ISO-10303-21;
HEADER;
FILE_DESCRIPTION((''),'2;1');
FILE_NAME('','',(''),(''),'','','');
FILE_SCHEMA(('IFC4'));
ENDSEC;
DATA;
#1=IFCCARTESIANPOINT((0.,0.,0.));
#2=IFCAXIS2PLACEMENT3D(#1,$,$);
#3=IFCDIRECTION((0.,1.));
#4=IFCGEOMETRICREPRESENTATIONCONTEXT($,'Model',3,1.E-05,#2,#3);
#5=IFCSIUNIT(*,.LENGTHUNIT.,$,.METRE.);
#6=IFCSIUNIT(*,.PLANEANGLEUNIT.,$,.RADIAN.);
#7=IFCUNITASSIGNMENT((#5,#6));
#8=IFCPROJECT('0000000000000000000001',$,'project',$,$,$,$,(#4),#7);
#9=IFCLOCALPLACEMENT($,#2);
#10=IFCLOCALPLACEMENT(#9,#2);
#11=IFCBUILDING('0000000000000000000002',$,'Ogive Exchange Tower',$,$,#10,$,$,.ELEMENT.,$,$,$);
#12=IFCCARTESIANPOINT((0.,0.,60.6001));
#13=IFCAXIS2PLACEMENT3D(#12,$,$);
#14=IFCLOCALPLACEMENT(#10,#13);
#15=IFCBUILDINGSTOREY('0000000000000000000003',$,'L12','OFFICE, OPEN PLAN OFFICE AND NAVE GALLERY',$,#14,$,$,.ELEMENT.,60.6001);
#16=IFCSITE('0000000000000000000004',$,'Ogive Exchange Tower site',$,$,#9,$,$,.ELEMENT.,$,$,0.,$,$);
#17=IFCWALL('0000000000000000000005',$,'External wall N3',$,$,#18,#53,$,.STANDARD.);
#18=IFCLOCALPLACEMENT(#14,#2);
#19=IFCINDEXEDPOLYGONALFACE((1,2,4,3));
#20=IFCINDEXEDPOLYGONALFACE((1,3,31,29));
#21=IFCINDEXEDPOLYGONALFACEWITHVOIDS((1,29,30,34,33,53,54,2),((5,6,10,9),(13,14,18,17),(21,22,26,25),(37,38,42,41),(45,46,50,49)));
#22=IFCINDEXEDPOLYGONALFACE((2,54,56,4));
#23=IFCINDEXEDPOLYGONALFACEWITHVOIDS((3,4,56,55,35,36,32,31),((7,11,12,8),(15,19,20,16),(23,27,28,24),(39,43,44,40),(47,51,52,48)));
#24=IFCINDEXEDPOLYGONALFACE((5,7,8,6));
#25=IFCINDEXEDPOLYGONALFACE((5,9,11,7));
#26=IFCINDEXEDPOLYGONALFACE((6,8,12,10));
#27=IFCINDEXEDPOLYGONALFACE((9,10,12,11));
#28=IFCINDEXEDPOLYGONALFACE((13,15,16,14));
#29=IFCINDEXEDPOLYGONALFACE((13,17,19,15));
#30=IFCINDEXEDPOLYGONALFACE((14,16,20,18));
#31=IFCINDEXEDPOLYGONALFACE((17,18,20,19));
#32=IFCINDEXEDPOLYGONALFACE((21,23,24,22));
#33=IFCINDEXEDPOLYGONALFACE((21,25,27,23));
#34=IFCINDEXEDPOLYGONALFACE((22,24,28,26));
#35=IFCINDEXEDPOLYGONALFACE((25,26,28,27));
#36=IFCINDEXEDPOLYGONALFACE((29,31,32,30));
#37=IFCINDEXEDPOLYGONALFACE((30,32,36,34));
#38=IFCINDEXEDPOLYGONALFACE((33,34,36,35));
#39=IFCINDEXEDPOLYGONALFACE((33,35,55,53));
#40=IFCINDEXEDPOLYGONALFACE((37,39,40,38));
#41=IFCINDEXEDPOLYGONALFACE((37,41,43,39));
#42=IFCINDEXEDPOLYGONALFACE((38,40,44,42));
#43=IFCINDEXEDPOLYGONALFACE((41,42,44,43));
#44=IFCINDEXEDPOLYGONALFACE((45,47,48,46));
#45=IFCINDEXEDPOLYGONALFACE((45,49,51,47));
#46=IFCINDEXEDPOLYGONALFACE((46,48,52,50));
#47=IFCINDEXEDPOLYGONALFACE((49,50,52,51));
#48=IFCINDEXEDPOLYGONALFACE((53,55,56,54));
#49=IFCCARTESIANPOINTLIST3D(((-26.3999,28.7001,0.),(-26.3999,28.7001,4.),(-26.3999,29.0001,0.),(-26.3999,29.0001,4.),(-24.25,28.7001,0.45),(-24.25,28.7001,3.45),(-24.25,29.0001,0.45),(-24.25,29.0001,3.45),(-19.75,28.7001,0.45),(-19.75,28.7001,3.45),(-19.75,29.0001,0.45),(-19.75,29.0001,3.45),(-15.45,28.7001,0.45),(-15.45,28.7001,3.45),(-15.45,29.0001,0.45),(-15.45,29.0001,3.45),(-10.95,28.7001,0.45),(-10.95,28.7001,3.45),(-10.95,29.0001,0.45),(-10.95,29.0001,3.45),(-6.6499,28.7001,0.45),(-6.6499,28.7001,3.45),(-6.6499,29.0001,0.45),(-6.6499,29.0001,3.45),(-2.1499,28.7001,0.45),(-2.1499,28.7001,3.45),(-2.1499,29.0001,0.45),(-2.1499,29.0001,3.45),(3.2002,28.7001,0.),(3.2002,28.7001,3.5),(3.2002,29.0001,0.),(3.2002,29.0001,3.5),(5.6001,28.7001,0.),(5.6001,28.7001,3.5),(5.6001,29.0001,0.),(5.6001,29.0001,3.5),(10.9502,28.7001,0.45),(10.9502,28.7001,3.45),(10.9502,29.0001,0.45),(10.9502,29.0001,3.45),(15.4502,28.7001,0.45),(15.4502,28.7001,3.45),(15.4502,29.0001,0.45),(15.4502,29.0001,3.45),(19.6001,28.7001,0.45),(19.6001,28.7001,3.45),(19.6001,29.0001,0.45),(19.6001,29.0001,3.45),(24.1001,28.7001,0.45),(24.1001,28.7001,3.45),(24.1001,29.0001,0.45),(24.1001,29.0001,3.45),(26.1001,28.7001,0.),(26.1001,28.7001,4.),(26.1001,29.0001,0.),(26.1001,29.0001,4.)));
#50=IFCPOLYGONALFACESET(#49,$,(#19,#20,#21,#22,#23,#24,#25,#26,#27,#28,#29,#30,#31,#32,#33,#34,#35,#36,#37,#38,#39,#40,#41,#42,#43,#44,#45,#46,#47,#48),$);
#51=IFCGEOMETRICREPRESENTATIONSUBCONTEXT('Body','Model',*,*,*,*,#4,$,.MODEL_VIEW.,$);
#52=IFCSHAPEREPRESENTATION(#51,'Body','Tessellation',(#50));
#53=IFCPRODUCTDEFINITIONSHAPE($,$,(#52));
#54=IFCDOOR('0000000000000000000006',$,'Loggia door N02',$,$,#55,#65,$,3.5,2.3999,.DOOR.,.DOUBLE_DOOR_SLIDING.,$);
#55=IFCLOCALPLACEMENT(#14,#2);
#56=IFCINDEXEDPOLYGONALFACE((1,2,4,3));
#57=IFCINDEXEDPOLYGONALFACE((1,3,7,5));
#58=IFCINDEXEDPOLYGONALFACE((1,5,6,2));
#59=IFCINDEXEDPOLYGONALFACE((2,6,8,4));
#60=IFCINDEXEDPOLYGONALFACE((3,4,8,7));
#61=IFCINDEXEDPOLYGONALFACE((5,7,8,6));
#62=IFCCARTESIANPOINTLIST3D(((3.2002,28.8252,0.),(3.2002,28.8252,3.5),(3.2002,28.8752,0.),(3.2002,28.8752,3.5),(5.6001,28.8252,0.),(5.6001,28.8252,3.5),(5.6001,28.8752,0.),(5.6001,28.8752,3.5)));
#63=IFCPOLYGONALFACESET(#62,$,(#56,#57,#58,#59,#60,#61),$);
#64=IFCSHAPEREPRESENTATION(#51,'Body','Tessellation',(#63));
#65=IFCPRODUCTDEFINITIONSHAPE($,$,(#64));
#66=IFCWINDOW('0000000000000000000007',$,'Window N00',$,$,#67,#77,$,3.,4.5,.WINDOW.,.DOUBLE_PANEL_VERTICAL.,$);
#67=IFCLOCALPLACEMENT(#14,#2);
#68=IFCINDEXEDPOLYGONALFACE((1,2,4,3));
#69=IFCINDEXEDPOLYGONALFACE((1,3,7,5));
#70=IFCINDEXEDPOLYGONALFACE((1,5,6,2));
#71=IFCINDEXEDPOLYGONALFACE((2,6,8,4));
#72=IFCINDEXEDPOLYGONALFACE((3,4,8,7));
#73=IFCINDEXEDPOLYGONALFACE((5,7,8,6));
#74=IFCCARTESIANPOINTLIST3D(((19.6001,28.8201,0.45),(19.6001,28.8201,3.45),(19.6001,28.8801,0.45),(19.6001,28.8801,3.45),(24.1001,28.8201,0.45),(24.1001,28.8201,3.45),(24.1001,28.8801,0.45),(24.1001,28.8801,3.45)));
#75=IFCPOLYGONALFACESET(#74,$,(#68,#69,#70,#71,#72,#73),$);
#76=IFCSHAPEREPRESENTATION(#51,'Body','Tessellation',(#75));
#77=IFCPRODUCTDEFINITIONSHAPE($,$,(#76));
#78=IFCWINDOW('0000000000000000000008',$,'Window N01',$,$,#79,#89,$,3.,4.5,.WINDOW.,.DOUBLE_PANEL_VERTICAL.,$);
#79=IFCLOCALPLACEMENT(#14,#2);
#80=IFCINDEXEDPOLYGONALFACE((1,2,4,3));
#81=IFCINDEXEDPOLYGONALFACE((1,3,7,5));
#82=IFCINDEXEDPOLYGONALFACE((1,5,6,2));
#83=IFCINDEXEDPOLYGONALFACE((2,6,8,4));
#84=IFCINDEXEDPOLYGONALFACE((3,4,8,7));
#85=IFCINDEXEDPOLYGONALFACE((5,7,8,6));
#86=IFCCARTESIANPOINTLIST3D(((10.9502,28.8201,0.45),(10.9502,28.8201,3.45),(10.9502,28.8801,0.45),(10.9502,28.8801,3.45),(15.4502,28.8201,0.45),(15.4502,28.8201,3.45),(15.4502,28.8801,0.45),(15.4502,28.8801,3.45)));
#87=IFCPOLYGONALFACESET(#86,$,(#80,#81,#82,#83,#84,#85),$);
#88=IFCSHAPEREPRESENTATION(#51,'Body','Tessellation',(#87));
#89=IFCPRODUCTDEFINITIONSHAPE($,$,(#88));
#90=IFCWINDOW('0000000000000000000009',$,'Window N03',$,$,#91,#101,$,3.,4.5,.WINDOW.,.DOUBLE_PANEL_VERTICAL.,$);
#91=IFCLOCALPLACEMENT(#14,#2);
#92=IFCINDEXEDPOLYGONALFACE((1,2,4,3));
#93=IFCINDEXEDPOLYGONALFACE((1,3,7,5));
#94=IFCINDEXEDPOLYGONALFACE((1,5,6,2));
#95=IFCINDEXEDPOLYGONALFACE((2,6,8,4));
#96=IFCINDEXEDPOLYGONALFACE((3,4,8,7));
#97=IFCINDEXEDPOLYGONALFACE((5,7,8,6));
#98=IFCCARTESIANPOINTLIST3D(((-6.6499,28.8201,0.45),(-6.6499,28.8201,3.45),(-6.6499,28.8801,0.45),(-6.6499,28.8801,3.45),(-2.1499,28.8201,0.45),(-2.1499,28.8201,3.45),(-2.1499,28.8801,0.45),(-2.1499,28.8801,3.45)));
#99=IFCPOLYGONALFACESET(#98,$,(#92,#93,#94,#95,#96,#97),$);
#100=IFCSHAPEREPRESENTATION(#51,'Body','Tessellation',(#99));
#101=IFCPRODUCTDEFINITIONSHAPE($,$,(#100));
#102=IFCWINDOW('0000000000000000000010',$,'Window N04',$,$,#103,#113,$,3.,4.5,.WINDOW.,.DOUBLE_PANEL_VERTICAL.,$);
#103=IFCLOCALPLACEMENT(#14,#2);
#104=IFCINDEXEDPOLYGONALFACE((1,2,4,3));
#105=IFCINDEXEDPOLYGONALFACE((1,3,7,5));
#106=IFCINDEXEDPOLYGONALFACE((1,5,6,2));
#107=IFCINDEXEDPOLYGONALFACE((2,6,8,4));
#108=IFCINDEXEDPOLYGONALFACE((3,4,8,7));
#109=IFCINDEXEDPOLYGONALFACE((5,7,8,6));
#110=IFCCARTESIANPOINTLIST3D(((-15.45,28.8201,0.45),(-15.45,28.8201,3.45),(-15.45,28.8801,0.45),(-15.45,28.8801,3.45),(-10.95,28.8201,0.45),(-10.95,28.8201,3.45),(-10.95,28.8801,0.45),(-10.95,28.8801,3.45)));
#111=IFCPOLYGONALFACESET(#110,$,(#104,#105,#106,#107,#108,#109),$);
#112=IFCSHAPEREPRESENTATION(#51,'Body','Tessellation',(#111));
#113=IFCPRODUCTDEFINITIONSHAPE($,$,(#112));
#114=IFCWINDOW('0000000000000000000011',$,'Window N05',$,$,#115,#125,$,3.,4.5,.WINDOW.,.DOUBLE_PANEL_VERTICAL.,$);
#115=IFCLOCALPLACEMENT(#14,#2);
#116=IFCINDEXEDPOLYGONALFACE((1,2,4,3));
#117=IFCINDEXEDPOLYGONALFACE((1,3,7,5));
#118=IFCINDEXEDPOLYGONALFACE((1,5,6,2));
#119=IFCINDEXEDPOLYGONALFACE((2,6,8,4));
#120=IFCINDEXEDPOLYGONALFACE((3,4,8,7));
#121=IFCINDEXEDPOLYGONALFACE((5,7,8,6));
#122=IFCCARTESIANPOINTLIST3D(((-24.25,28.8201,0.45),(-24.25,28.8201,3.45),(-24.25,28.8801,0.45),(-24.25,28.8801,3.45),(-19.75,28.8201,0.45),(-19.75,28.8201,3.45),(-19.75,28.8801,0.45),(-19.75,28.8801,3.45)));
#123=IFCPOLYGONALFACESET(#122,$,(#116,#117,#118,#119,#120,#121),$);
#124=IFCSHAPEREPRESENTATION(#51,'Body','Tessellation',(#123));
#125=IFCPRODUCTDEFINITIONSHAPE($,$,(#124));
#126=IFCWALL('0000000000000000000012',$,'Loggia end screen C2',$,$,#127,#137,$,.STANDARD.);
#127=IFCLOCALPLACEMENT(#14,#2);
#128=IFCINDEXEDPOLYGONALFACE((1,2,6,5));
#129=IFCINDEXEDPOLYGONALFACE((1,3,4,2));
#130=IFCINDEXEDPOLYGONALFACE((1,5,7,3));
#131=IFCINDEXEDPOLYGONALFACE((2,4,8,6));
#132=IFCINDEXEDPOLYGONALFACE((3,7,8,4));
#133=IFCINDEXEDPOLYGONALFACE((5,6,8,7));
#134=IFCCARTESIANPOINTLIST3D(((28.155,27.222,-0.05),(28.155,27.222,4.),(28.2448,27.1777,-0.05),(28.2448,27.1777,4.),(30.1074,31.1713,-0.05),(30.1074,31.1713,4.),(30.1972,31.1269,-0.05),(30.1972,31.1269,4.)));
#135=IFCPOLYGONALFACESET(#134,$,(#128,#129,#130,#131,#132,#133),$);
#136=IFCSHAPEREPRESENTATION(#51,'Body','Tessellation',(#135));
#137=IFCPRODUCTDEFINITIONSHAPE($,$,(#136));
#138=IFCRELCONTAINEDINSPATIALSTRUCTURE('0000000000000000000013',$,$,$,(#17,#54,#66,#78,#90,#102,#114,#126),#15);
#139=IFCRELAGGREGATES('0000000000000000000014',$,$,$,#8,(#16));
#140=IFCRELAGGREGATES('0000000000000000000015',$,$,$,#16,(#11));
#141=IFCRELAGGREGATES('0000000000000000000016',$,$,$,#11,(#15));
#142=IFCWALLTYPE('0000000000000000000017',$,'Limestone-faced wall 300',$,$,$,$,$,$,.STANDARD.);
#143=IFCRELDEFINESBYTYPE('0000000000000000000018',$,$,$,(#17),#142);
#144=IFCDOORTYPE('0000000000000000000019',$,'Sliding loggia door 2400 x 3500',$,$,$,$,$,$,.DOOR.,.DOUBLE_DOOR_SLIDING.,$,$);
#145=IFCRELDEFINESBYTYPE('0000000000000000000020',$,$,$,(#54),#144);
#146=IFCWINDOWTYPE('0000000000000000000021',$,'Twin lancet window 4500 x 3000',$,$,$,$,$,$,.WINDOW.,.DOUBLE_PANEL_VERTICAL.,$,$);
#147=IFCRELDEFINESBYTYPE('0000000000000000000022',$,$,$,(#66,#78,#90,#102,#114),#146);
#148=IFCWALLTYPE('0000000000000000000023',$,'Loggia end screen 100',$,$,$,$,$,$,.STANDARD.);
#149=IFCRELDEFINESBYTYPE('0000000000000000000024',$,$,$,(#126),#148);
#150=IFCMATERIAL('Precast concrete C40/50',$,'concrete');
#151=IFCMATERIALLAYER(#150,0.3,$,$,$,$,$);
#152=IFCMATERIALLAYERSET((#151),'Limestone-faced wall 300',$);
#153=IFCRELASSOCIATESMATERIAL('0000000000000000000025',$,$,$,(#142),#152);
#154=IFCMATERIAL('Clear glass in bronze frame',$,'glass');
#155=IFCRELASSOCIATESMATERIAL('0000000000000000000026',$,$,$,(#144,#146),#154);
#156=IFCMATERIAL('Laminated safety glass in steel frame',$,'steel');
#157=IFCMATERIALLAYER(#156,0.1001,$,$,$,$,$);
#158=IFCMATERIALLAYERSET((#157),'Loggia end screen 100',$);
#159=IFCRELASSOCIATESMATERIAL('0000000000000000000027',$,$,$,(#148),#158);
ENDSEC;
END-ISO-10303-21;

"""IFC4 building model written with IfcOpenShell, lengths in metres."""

from ifc_helpers import new_model, si_unit, direction, frame, frame_2d, origin, place, context, subcontext, project, spatial, rectangle, extrude, material, layer, layer_set, type_object, element, fill, save


model = new_model("IFC4")

# Units and contexts
model_context = context("Model", 3, precision=1e-05, world=origin(), true_north=direction((0.0, 1.0)))
body_context = subcontext(model_context, "Body", "Model", "MODEL_VIEW")
ifc_project = project(units=[si_unit("LENGTHUNIT", "METRE"), si_unit("PLANEANGLEUNIT", "RADIAN")], contexts=[model_context])

# Site, building, storey
site_placement = place(None, origin())
site = spatial("IfcSite", under=ifc_project, at=site_placement, Name="Ogive Exchange Tower site", CompositionType="ELEMENT", RefElevation=0.0)
building_placement = place(site_placement, origin())
building = spatial("IfcBuilding", under=site, at=building_placement, Name="Ogive Exchange Tower", CompositionType="ELEMENT")
storey_placement = place(building_placement, frame((0.0, 0.0, 60.6001)))
storey = spatial("IfcBuildingStorey", under=building, at=storey_placement, Name="L12", Description="OFFICE, OPEN PLAN OFFICE AND NAVE GALLERY", CompositionType="ELEMENT", Elevation=60.6001)

# Wall, openings, door, windows
ifc_material_1 = material(Name="Precast concrete C40/50", Category="concrete")
ifc_layer_1 = layer(ifc_material_1, 0.3)
ifc_layer_set_1 = layer_set([ifc_layer_1], Name="Limestone-faced wall 300")
wall_type_1 = type_object("IfcWallType", Name="Limestone-faced wall 300", PredefinedType="STANDARD", material=ifc_layer_set_1)
wall_1_placement = place(storey_placement, frame((26.1001, 28.8501, 0.0), z_axis=(0.0, 0.0, 1.0), x_axis=(-1.0, 0.0, 0.0)))
wall_1 = element("IfcWall", 1, at=wall_1_placement, inside=storey, type_object=wall_type_1, Name="External wall N3", PredefinedType="STANDARD", context=body_context, shape_type="SweptSolid", body=[
    extrude(rectangle(XDim=52.5, YDim=0.3, at=frame_2d((26.25, 0.0))), origin(), (0.0, 0.0, 1.0), 4.0),
])
opening_1_placement = place(wall_1_placement, frame((2.0, 0.0, 0.45)))
opening_1 = element("IfcOpeningElement", 2, at=opening_1_placement, cuts=wall_1, PredefinedType="OPENING", context=body_context, shape_type="SweptSolid", body=[
    extrude(rectangle(XDim=4.5, YDim=3.0, at=frame_2d((2.25, 1.5))), frame((0.0, 0.1599, 0.0), z_axis=(0.0, -1.0, 0.0), x_axis=(1.0, 0.0, 0.0)), (0.0, 0.0, 1.0), 0.3201),
])
opening_2_placement = place(wall_1_placement, frame((10.6499, 0.0, 0.45)))
opening_2 = element("IfcOpeningElement", 3, at=opening_2_placement, cuts=wall_1, PredefinedType="OPENING", context=body_context, shape_type="SweptSolid", body=[
    extrude(rectangle(XDim=4.5, YDim=3.0, at=frame_2d((2.25, 1.5))), frame((0.0, 0.1599, 0.0), z_axis=(0.0, -1.0, 0.0), x_axis=(1.0, 0.0, 0.0)), (0.0, 0.0, 1.0), 0.3201),
])
opening_3_placement = place(wall_1_placement, frame((20.5, 0.0, 0.0)))
opening_3 = element("IfcOpeningElement", 4, at=opening_3_placement, cuts=wall_1, PredefinedType="OPENING", context=body_context, shape_type="SweptSolid", body=[
    extrude(rectangle(XDim=2.3999, YDim=3.5, at=frame_2d((1.2, 1.75))), frame((0.0, 0.1599, 0.0), z_axis=(0.0, -1.0, 0.0), x_axis=(1.0, 0.0, 0.0)), (0.0, 0.0, 1.0), 0.3201),
])
opening_4_placement = place(wall_1_placement, frame((28.25, 0.0, 0.45)))
opening_4 = element("IfcOpeningElement", 5, at=opening_4_placement, cuts=wall_1, PredefinedType="OPENING", context=body_context, shape_type="SweptSolid", body=[
    extrude(rectangle(XDim=4.5, YDim=3.0, at=frame_2d((2.25, 1.5))), frame((0.0, 0.1599, 0.0), z_axis=(0.0, -1.0, 0.0), x_axis=(1.0, 0.0, 0.0)), (0.0, 0.0, 1.0), 0.3201),
])
opening_5_placement = place(wall_1_placement, frame((37.05, 0.0, 0.45)))
opening_5 = element("IfcOpeningElement", 6, at=opening_5_placement, cuts=wall_1, PredefinedType="OPENING", context=body_context, shape_type="SweptSolid", body=[
    extrude(rectangle(XDim=4.5, YDim=3.0, at=frame_2d((2.25, 1.5))), frame((0.0, 0.1599, 0.0), z_axis=(0.0, -1.0, 0.0), x_axis=(1.0, 0.0, 0.0)), (0.0, 0.0, 1.0), 0.3201),
])
opening_6_placement = place(wall_1_placement, frame((45.8501, 0.0, 0.45)))
opening_6 = element("IfcOpeningElement", 7, at=opening_6_placement, cuts=wall_1, PredefinedType="OPENING", context=body_context, shape_type="SweptSolid", body=[
    extrude(rectangle(XDim=4.5, YDim=3.0, at=frame_2d((2.25, 1.5))), frame((0.0, 0.1599, 0.0), z_axis=(0.0, -1.0, 0.0), x_axis=(1.0, 0.0, 0.0)), (0.0, 0.0, 1.0), 0.3201),
])
ifc_material_2 = material(Name="Clear glass in bronze frame", Category="glass")
door_type_1 = type_object("IfcDoorType", Name="Sliding loggia door 2400 x 3500", OperationType="DOUBLE_DOOR_SLIDING", PredefinedType="DOOR", material=ifc_material_2)
door_1_placement = place(opening_3_placement, origin())
door_1 = element("IfcDoor", 8, at=door_1_placement, inside=storey, type_object=door_type_1, Name="Loggia door N02", OperationType="DOUBLE_DOOR_SLIDING", OverallHeight=3.5, OverallWidth=2.3999, PredefinedType="DOOR", context=body_context, shape_type="SweptSolid", body=[
    extrude(rectangle(XDim=2.3999, YDim=3.5, at=frame_2d((1.2, 1.75))), frame((0.0, 0.0249, 0.0), z_axis=(0.0, -1.0, 0.0), x_axis=(1.0, 0.0, 0.0)), (0.0, 0.0, 1.0), 0.05),
])
fill(opening_3, door_1)
window_type = type_object("IfcWindowType", Name="Twin lancet window 4500 x 3000", PartitioningType="DOUBLE_PANEL_VERTICAL", PredefinedType="WINDOW", material=ifc_material_2)
window_1_placement = place(opening_1_placement, origin())
window_1 = element("IfcWindow", 9, at=window_1_placement, inside=storey, type_object=window_type, Name="Window N00", OverallHeight=3.0, OverallWidth=4.5, PartitioningType="DOUBLE_PANEL_VERTICAL", PredefinedType="WINDOW", context=body_context, shape_type="SweptSolid", body=[
    extrude(rectangle(XDim=4.5, YDim=3.0, at=frame_2d((2.25, 1.5))), frame((0.0, 0.03, 0.0), z_axis=(0.0, -1.0, 0.0), x_axis=(1.0, 0.0, 0.0)), (0.0, 0.0, 1.0), 0.0601),
])
fill(opening_1, window_1)
window_2_placement = place(opening_2_placement, origin())
window_2 = element("IfcWindow", 10, at=window_2_placement, inside=storey, type_object=window_type, Name="Window N01", OverallHeight=3.0, OverallWidth=4.5, PartitioningType="DOUBLE_PANEL_VERTICAL", PredefinedType="WINDOW", context=body_context, shape_type="SweptSolid", body=[
    extrude(rectangle(XDim=4.5, YDim=3.0, at=frame_2d((2.25, 1.5))), frame((0.0, 0.03, 0.0), z_axis=(0.0, -1.0, 0.0), x_axis=(1.0, 0.0, 0.0)), (0.0, 0.0, 1.0), 0.0601),
])
fill(opening_2, window_2)
window_3_placement = place(opening_4_placement, origin())
window_3 = element("IfcWindow", 11, at=window_3_placement, inside=storey, type_object=window_type, Name="Window N03", OverallHeight=3.0, OverallWidth=4.5, PartitioningType="DOUBLE_PANEL_VERTICAL", PredefinedType="WINDOW", context=body_context, shape_type="SweptSolid", body=[
    extrude(rectangle(XDim=4.5, YDim=3.0, at=frame_2d((2.25, 1.5))), frame((0.0, 0.03, 0.0), z_axis=(0.0, -1.0, 0.0), x_axis=(1.0, 0.0, 0.0)), (0.0, 0.0, 1.0), 0.0601),
])
fill(opening_4, window_3)
window_4_placement = place(opening_5_placement, origin())
window_4 = element("IfcWindow", 12, at=window_4_placement, inside=storey, type_object=window_type, Name="Window N04", OverallHeight=3.0, OverallWidth=4.5, PartitioningType="DOUBLE_PANEL_VERTICAL", PredefinedType="WINDOW", context=body_context, shape_type="SweptSolid", body=[
    extrude(rectangle(XDim=4.5, YDim=3.0, at=frame_2d((2.25, 1.5))), frame((0.0, 0.03, 0.0), z_axis=(0.0, -1.0, 0.0), x_axis=(1.0, 0.0, 0.0)), (0.0, 0.0, 1.0), 0.0601),
])
fill(opening_5, window_4)
window_5_placement = place(opening_6_placement, origin())
window_5 = element("IfcWindow", 13, at=window_5_placement, inside=storey, type_object=window_type, Name="Window N05", OverallHeight=3.0, OverallWidth=4.5, PartitioningType="DOUBLE_PANEL_VERTICAL", PredefinedType="WINDOW", context=body_context, shape_type="SweptSolid", body=[
    extrude(rectangle(XDim=4.5, YDim=3.0, at=frame_2d((2.25, 1.5))), frame((0.0, 0.03, 0.0), z_axis=(0.0, -1.0, 0.0), x_axis=(1.0, 0.0, 0.0)), (0.0, 0.0, 1.0), 0.0601),
])
fill(opening_6, window_5)

# Wall
ifc_material_3 = material(Name="Laminated safety glass in steel frame", Category="steel")
ifc_layer_2 = layer(ifc_material_3, 0.1001)
ifc_layer_set_2 = layer_set([ifc_layer_2], Name="Loggia end screen 100")
wall_type_2 = type_object("IfcWallType", Name="Loggia end screen 100", PredefinedType="STANDARD", material=ifc_layer_set_2)
wall_2_placement = place(storey_placement, frame((28.2, 27.2, -0.05), z_axis=(0.0, 0.0, 1.0), x_axis=(0.443175, 0.896435, 0.0)))
element("IfcWall", 14, at=wall_2_placement, inside=storey, type_object=wall_type_2, Name="Loggia end screen C2", PredefinedType="STANDARD", context=body_context, shape_type="SweptSolid", body=[
    extrude(rectangle(XDim=4.4055, YDim=0.1001, at=frame_2d((2.2026, 0.0))), origin(), (0.0, 0.0, 1.0), 4.05),
])

save(model, "model.ifc")
